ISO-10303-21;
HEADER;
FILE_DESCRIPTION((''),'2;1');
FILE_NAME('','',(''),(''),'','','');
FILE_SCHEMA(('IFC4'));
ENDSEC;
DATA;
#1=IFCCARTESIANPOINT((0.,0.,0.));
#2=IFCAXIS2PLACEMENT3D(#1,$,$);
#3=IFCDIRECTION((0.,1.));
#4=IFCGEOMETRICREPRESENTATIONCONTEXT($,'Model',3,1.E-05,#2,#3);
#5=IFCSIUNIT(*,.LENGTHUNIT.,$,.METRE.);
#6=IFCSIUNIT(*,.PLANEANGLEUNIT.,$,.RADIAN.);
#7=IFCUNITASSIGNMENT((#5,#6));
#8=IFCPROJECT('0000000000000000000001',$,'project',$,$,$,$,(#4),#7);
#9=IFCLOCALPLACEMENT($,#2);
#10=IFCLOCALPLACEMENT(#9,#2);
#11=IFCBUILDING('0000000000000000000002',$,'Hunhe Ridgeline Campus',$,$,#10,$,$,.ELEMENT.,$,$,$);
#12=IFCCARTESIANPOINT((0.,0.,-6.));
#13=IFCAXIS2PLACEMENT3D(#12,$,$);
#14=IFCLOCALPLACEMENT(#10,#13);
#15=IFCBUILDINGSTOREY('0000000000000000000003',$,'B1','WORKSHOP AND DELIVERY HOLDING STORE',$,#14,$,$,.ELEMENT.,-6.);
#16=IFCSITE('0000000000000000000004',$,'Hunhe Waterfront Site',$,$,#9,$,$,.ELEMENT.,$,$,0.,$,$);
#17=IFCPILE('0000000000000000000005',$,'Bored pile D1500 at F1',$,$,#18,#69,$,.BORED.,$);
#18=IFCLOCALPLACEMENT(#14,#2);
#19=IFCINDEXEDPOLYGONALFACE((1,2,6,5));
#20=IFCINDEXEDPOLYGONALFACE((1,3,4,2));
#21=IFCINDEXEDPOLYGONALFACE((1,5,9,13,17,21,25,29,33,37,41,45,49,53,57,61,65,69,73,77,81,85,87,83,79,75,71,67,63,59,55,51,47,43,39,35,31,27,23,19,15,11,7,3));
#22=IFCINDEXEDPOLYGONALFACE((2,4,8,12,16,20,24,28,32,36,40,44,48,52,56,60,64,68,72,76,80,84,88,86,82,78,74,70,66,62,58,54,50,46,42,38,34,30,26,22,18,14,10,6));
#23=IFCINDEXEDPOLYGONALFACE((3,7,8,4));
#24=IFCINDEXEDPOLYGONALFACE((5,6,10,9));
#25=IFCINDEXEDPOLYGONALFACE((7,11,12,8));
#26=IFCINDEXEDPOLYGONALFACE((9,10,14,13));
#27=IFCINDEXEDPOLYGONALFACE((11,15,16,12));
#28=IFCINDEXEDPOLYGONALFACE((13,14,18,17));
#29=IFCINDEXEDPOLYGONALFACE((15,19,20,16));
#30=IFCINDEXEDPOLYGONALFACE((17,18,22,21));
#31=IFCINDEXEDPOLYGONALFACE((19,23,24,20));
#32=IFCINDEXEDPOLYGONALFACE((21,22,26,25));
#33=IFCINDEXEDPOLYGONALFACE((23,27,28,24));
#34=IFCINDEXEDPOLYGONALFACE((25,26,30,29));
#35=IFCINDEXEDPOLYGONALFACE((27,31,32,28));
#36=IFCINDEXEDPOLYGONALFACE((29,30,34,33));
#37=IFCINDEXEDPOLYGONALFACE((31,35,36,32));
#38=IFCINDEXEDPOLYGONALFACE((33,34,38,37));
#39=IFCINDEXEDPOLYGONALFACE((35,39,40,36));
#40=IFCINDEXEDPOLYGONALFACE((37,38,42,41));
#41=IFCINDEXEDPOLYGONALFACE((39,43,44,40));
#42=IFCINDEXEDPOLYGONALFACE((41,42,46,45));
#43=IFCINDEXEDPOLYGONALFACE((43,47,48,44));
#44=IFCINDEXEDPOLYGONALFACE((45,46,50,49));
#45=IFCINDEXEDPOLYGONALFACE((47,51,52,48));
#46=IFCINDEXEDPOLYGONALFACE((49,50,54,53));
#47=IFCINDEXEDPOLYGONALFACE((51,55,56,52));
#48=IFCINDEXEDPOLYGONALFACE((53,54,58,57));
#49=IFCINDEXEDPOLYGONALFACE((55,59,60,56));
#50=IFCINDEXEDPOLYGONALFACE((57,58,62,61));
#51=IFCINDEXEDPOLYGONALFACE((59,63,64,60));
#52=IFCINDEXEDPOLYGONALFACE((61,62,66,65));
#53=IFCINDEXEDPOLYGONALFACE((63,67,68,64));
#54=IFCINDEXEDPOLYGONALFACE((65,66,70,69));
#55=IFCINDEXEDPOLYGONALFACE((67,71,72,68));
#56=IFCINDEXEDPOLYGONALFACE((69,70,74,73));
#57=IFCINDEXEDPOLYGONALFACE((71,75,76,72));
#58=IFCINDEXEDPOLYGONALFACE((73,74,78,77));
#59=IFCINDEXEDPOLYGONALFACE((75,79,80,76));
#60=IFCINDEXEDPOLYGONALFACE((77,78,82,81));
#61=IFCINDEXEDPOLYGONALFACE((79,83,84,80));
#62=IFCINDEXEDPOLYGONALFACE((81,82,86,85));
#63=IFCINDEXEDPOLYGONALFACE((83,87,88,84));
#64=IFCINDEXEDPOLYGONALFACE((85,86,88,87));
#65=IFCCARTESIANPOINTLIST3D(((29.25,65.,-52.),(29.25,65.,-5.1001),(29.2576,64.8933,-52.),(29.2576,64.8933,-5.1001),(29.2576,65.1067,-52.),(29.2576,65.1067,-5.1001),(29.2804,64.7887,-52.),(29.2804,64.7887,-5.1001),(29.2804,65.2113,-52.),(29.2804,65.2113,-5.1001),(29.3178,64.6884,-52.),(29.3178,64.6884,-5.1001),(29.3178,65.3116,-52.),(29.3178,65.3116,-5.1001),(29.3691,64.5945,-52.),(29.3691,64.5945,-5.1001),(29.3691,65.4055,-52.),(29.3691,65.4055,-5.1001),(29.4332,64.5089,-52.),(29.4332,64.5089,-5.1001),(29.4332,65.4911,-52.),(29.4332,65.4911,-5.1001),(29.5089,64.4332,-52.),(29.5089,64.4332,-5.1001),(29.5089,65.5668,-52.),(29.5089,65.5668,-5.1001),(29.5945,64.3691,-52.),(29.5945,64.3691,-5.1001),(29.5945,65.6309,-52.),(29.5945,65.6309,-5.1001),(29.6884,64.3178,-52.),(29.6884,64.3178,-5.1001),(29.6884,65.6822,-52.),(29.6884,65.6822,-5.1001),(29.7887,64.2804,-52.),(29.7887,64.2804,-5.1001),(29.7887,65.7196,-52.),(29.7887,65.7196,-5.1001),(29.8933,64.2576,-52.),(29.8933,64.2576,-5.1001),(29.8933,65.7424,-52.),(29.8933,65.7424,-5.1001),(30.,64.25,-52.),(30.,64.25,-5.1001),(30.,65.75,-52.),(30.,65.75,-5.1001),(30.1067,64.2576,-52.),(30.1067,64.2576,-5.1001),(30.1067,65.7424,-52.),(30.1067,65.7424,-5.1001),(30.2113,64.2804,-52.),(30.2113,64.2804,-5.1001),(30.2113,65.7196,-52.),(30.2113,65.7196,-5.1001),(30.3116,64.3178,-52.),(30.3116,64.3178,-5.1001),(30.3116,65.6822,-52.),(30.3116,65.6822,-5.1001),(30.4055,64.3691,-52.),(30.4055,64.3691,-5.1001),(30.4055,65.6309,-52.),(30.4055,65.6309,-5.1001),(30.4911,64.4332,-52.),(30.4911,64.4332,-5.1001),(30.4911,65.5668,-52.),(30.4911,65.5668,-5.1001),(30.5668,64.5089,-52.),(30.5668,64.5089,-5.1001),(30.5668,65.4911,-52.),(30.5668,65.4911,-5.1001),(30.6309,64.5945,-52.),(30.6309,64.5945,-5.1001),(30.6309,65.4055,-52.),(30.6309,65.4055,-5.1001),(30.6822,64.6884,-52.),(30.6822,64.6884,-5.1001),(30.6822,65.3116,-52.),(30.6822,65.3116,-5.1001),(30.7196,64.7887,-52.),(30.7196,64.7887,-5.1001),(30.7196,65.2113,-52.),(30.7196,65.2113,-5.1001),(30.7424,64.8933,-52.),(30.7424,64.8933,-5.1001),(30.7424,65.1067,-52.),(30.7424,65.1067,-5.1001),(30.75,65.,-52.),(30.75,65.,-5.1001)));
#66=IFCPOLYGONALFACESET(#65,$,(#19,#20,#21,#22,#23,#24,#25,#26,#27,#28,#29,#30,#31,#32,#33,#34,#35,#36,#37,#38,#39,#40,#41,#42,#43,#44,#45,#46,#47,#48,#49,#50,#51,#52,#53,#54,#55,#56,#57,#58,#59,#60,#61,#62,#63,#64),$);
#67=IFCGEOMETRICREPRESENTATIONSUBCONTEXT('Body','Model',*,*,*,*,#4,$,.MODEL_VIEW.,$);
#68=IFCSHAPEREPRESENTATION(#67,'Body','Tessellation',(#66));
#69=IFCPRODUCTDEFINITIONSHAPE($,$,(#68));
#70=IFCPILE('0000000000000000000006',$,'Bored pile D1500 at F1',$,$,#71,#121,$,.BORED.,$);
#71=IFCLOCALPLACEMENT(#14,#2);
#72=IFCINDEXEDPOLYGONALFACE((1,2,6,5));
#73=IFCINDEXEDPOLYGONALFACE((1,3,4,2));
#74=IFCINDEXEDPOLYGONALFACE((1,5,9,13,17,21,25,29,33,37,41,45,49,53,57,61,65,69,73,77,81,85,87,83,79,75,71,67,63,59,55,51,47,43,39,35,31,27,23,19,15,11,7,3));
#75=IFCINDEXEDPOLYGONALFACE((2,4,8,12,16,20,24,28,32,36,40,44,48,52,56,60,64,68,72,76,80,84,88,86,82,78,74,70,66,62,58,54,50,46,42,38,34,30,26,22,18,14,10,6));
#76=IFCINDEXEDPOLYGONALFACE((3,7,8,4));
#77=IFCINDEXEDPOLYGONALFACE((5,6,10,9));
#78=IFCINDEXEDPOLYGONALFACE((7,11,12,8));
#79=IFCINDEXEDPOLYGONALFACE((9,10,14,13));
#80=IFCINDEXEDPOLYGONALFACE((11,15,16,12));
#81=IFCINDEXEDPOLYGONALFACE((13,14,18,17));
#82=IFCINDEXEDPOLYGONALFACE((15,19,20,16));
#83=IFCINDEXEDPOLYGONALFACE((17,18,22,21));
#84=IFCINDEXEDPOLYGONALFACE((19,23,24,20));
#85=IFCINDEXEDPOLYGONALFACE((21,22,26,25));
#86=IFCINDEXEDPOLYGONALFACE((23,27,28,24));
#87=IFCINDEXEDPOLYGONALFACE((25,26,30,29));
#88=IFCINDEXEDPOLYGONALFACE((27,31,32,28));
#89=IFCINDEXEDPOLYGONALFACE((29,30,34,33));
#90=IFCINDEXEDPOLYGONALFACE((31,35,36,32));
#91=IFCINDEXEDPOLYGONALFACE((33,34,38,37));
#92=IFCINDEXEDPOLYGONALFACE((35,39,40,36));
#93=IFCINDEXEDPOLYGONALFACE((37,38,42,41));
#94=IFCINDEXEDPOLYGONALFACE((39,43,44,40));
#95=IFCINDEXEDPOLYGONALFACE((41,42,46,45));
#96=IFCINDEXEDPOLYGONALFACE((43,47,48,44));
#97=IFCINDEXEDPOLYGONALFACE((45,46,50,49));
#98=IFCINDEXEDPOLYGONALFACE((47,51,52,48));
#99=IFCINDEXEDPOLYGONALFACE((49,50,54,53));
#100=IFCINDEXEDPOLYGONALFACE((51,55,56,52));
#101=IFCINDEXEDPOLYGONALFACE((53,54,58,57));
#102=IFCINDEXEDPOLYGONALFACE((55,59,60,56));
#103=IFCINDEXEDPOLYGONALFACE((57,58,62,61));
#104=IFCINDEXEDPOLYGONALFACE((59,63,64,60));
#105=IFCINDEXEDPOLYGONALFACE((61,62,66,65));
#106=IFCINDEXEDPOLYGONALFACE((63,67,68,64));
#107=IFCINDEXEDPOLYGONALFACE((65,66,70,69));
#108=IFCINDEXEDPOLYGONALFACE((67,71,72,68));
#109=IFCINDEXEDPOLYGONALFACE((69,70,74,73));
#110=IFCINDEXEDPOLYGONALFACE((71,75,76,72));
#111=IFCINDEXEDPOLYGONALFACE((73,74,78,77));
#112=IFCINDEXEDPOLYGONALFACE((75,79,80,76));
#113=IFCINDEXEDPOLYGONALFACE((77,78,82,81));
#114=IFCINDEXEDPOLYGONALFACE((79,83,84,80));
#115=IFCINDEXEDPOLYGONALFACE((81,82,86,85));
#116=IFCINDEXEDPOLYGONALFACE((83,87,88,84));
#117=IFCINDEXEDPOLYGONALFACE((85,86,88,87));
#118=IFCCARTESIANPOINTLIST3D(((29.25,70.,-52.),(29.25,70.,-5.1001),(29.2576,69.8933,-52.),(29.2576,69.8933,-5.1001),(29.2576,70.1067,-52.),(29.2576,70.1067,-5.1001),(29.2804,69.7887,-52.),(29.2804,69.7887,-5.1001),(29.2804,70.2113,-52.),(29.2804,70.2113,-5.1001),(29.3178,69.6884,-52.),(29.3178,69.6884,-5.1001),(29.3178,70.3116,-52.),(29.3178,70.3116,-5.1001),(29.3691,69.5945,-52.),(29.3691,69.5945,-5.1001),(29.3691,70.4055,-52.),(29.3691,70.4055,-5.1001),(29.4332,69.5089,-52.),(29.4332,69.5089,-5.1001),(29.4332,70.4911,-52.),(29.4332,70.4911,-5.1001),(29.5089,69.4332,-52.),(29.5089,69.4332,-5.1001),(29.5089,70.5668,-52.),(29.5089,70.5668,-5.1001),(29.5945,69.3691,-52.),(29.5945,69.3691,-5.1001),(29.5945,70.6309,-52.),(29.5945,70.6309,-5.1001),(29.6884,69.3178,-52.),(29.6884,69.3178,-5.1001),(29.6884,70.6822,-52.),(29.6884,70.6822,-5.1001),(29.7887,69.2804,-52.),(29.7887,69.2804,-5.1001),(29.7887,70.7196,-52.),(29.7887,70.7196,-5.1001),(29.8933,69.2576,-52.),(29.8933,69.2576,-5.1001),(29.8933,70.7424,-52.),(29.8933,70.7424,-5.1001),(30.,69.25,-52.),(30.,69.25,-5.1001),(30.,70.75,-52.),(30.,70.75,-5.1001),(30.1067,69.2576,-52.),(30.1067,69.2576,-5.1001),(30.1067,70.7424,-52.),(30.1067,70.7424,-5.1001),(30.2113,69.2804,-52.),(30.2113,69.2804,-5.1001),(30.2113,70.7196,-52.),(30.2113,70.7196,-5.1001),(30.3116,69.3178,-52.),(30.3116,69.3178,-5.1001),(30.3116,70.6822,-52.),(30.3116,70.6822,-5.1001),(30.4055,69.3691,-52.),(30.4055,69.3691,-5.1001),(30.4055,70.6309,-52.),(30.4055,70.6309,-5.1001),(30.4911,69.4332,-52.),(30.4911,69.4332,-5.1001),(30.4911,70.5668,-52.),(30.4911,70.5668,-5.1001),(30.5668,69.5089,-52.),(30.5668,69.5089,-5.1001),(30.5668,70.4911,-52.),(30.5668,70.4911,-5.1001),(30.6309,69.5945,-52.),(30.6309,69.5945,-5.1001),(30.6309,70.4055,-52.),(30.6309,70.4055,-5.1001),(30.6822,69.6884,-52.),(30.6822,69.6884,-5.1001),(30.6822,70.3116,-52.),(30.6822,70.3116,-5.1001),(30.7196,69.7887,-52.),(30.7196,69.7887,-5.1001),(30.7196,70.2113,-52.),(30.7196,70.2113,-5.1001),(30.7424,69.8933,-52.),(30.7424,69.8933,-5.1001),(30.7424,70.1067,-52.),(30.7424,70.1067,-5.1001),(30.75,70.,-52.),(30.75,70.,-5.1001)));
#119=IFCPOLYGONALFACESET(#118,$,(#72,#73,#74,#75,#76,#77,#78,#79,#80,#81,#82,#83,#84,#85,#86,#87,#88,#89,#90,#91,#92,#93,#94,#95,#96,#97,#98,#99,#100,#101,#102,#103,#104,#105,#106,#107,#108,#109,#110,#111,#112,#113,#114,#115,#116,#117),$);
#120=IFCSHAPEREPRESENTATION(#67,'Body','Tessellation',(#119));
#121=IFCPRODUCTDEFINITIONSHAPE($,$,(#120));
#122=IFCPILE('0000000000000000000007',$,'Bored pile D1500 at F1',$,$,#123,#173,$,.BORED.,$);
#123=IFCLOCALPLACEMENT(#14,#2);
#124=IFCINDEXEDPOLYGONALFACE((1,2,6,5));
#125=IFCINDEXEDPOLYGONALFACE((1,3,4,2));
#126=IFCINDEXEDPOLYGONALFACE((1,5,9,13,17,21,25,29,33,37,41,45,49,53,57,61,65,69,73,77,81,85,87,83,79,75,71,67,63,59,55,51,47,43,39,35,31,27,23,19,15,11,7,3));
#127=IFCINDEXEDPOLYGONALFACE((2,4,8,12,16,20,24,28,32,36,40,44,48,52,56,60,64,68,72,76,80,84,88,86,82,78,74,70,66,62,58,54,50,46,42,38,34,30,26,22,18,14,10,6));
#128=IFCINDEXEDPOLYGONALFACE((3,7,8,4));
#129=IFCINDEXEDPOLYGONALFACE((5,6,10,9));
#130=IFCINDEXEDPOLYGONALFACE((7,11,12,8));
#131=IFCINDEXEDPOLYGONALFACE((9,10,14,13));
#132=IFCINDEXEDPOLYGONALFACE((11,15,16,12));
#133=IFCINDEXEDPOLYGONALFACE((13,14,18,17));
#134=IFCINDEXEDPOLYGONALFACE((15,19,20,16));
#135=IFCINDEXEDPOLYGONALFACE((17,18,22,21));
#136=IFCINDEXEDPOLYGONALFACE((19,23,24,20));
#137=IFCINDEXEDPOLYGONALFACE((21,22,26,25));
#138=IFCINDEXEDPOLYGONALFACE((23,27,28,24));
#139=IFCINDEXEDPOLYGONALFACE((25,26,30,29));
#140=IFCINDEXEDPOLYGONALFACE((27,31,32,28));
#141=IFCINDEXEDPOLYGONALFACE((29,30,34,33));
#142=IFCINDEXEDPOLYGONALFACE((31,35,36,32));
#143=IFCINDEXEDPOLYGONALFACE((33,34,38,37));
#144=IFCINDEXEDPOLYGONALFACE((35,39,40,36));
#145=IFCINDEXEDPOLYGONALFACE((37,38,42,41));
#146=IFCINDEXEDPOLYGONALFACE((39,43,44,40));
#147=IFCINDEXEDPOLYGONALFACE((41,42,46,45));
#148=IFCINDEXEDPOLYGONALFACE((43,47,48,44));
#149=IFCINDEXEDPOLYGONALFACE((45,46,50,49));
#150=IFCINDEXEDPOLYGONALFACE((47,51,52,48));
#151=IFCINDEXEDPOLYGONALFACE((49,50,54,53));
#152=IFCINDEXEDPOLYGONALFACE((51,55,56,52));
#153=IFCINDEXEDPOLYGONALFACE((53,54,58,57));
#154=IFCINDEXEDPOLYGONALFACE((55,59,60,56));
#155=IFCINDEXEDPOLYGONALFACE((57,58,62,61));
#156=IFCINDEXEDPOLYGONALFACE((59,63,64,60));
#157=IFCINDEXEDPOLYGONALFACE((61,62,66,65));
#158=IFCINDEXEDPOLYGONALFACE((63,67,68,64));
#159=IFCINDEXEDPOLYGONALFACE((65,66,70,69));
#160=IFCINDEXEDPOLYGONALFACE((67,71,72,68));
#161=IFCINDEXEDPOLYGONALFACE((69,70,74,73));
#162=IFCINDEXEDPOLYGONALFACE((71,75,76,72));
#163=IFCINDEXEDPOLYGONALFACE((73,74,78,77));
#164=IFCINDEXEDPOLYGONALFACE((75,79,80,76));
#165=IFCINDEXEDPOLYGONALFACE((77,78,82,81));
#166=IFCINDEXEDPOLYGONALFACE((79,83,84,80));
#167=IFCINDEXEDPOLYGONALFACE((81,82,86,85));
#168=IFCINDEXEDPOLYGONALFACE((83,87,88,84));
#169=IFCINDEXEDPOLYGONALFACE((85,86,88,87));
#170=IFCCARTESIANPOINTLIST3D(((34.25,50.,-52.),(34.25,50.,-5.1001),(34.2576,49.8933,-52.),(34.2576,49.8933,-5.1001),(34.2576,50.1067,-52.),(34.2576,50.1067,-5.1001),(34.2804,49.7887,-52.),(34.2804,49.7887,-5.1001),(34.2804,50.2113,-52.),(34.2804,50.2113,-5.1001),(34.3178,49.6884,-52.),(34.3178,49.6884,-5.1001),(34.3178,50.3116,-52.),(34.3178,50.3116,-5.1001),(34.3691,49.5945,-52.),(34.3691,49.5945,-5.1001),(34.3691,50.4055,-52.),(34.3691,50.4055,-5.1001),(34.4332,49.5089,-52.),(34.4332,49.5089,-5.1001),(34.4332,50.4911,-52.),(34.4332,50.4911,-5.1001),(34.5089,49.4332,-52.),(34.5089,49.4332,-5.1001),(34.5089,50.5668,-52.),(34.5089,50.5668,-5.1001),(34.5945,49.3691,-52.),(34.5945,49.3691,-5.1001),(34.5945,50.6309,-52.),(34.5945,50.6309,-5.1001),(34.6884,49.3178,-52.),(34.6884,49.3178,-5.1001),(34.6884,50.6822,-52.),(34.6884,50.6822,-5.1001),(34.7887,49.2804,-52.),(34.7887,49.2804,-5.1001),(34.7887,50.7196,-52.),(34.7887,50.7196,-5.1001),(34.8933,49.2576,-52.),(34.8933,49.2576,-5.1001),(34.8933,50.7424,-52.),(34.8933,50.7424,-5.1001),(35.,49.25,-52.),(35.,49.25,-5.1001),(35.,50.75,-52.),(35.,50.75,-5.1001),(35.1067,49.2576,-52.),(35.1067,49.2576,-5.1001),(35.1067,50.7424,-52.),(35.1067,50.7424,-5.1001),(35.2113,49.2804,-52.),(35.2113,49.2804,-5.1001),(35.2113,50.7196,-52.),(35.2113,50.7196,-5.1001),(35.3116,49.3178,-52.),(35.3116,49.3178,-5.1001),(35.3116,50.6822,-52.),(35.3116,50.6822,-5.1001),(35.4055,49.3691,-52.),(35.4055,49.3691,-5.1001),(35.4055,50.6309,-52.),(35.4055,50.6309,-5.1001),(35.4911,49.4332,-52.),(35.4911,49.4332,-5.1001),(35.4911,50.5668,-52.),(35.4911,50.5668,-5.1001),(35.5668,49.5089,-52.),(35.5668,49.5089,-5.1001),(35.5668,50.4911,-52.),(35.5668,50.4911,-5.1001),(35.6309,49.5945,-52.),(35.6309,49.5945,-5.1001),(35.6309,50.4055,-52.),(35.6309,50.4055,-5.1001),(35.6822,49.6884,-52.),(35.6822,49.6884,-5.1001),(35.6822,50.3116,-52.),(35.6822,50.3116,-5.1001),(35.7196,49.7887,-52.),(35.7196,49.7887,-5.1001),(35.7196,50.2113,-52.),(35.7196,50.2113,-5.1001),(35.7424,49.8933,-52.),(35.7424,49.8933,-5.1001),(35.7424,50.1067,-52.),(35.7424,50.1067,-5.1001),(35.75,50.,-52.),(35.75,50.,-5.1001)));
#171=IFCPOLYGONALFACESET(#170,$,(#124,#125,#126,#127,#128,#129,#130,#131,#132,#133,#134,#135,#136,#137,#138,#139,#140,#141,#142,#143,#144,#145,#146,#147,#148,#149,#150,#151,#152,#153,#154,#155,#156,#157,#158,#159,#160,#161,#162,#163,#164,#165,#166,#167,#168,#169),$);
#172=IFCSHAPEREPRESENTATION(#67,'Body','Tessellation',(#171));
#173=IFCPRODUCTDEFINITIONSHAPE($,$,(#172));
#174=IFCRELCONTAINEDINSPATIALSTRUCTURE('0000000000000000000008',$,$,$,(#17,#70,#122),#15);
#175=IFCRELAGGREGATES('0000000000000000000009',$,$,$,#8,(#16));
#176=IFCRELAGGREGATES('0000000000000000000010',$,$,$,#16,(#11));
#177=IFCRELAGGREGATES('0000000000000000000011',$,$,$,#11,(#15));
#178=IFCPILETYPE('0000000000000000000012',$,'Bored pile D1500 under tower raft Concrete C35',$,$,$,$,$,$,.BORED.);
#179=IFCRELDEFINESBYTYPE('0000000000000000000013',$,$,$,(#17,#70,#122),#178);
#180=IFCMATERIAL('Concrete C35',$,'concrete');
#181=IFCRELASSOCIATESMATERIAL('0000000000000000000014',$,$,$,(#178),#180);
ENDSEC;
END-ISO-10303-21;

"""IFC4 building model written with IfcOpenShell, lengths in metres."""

from ifc_helpers import new_model, si_unit, direction, frame, origin, origin_2d, place, context, subcontext, project, spatial, circle, extrude, material, material_profile, profile_set, type_object, element, save


model = new_model("IFC4")

# Units and contexts
model_context = context("Model", 3, precision=1e-05, world=origin(), true_north=direction((0.0, 1.0)))
body_context = subcontext(model_context, "Body", "Model", "MODEL_VIEW")
ifc_project = project(units=[si_unit("LENGTHUNIT", "METRE"), si_unit("PLANEANGLEUNIT", "RADIAN")], contexts=[model_context])

# Site, building, storey
site_placement = place(None, origin())
site = spatial("IfcSite", under=ifc_project, at=site_placement, Name="Hunhe Waterfront Site", CompositionType="ELEMENT", RefElevation=0.0)
building_placement = place(site_placement, origin())
building = spatial("IfcBuilding", under=site, at=building_placement, Name="Hunhe Ridgeline Campus", CompositionType="ELEMENT")
storey_placement = place(building_placement, frame((0.0, 0.0, -6.0)))
storey = spatial("IfcBuildingStorey", under=building, at=storey_placement, Name="B1", Description="WORKSHOP AND DELIVERY HOLDING STORE", CompositionType="ELEMENT", Elevation=-6.0)

# Piles
ifc_material_1 = material(Name="Concrete C35", Category="concrete")
ifc_material_profile_1 = material_profile(ifc_material_1, circle(Radius=0.75, at=origin_2d()))
ifc_profile_set_1 = profile_set([ifc_material_profile_1], Name="Concrete C35")
pile_type = type_object("IfcPileType", Name="Bored pile D1500 under tower raft Concrete C35", PredefinedType="BORED", material=ifc_profile_set_1)
for number, where, z_axis, x_axis, name in (
    (1, (30.0, 65.0, -5.1001), (0.0, 0.0, -1.0), (1.0, 0.0, 0.0), "Bored pile D1500 at F1"),
    (2, (30.0, 70.0, -5.1001), (0.0, 0.0, -1.0), (1.0, 0.0, 0.0), "Bored pile D1500 at F1"),
    (3, (35.0, 50.0, -5.1001), (0.0, 0.0, -1.0), (1.0, 0.0, 0.0), "Bored pile D1500 at F1"),
):
    element("IfcPile", number, at=place(storey_placement, frame(where, z_axis=z_axis, x_axis=x_axis)), inside=storey, type_object=pile_type, Name=name, PredefinedType="BORED", context=body_context, shape_type="SweptSolid", body=[
        extrude(circle(Radius=0.75, at=origin_2d()), origin(), (0.0, 0.0, 1.0), 46.8999),
    ])

save(model, "model.ifc")
